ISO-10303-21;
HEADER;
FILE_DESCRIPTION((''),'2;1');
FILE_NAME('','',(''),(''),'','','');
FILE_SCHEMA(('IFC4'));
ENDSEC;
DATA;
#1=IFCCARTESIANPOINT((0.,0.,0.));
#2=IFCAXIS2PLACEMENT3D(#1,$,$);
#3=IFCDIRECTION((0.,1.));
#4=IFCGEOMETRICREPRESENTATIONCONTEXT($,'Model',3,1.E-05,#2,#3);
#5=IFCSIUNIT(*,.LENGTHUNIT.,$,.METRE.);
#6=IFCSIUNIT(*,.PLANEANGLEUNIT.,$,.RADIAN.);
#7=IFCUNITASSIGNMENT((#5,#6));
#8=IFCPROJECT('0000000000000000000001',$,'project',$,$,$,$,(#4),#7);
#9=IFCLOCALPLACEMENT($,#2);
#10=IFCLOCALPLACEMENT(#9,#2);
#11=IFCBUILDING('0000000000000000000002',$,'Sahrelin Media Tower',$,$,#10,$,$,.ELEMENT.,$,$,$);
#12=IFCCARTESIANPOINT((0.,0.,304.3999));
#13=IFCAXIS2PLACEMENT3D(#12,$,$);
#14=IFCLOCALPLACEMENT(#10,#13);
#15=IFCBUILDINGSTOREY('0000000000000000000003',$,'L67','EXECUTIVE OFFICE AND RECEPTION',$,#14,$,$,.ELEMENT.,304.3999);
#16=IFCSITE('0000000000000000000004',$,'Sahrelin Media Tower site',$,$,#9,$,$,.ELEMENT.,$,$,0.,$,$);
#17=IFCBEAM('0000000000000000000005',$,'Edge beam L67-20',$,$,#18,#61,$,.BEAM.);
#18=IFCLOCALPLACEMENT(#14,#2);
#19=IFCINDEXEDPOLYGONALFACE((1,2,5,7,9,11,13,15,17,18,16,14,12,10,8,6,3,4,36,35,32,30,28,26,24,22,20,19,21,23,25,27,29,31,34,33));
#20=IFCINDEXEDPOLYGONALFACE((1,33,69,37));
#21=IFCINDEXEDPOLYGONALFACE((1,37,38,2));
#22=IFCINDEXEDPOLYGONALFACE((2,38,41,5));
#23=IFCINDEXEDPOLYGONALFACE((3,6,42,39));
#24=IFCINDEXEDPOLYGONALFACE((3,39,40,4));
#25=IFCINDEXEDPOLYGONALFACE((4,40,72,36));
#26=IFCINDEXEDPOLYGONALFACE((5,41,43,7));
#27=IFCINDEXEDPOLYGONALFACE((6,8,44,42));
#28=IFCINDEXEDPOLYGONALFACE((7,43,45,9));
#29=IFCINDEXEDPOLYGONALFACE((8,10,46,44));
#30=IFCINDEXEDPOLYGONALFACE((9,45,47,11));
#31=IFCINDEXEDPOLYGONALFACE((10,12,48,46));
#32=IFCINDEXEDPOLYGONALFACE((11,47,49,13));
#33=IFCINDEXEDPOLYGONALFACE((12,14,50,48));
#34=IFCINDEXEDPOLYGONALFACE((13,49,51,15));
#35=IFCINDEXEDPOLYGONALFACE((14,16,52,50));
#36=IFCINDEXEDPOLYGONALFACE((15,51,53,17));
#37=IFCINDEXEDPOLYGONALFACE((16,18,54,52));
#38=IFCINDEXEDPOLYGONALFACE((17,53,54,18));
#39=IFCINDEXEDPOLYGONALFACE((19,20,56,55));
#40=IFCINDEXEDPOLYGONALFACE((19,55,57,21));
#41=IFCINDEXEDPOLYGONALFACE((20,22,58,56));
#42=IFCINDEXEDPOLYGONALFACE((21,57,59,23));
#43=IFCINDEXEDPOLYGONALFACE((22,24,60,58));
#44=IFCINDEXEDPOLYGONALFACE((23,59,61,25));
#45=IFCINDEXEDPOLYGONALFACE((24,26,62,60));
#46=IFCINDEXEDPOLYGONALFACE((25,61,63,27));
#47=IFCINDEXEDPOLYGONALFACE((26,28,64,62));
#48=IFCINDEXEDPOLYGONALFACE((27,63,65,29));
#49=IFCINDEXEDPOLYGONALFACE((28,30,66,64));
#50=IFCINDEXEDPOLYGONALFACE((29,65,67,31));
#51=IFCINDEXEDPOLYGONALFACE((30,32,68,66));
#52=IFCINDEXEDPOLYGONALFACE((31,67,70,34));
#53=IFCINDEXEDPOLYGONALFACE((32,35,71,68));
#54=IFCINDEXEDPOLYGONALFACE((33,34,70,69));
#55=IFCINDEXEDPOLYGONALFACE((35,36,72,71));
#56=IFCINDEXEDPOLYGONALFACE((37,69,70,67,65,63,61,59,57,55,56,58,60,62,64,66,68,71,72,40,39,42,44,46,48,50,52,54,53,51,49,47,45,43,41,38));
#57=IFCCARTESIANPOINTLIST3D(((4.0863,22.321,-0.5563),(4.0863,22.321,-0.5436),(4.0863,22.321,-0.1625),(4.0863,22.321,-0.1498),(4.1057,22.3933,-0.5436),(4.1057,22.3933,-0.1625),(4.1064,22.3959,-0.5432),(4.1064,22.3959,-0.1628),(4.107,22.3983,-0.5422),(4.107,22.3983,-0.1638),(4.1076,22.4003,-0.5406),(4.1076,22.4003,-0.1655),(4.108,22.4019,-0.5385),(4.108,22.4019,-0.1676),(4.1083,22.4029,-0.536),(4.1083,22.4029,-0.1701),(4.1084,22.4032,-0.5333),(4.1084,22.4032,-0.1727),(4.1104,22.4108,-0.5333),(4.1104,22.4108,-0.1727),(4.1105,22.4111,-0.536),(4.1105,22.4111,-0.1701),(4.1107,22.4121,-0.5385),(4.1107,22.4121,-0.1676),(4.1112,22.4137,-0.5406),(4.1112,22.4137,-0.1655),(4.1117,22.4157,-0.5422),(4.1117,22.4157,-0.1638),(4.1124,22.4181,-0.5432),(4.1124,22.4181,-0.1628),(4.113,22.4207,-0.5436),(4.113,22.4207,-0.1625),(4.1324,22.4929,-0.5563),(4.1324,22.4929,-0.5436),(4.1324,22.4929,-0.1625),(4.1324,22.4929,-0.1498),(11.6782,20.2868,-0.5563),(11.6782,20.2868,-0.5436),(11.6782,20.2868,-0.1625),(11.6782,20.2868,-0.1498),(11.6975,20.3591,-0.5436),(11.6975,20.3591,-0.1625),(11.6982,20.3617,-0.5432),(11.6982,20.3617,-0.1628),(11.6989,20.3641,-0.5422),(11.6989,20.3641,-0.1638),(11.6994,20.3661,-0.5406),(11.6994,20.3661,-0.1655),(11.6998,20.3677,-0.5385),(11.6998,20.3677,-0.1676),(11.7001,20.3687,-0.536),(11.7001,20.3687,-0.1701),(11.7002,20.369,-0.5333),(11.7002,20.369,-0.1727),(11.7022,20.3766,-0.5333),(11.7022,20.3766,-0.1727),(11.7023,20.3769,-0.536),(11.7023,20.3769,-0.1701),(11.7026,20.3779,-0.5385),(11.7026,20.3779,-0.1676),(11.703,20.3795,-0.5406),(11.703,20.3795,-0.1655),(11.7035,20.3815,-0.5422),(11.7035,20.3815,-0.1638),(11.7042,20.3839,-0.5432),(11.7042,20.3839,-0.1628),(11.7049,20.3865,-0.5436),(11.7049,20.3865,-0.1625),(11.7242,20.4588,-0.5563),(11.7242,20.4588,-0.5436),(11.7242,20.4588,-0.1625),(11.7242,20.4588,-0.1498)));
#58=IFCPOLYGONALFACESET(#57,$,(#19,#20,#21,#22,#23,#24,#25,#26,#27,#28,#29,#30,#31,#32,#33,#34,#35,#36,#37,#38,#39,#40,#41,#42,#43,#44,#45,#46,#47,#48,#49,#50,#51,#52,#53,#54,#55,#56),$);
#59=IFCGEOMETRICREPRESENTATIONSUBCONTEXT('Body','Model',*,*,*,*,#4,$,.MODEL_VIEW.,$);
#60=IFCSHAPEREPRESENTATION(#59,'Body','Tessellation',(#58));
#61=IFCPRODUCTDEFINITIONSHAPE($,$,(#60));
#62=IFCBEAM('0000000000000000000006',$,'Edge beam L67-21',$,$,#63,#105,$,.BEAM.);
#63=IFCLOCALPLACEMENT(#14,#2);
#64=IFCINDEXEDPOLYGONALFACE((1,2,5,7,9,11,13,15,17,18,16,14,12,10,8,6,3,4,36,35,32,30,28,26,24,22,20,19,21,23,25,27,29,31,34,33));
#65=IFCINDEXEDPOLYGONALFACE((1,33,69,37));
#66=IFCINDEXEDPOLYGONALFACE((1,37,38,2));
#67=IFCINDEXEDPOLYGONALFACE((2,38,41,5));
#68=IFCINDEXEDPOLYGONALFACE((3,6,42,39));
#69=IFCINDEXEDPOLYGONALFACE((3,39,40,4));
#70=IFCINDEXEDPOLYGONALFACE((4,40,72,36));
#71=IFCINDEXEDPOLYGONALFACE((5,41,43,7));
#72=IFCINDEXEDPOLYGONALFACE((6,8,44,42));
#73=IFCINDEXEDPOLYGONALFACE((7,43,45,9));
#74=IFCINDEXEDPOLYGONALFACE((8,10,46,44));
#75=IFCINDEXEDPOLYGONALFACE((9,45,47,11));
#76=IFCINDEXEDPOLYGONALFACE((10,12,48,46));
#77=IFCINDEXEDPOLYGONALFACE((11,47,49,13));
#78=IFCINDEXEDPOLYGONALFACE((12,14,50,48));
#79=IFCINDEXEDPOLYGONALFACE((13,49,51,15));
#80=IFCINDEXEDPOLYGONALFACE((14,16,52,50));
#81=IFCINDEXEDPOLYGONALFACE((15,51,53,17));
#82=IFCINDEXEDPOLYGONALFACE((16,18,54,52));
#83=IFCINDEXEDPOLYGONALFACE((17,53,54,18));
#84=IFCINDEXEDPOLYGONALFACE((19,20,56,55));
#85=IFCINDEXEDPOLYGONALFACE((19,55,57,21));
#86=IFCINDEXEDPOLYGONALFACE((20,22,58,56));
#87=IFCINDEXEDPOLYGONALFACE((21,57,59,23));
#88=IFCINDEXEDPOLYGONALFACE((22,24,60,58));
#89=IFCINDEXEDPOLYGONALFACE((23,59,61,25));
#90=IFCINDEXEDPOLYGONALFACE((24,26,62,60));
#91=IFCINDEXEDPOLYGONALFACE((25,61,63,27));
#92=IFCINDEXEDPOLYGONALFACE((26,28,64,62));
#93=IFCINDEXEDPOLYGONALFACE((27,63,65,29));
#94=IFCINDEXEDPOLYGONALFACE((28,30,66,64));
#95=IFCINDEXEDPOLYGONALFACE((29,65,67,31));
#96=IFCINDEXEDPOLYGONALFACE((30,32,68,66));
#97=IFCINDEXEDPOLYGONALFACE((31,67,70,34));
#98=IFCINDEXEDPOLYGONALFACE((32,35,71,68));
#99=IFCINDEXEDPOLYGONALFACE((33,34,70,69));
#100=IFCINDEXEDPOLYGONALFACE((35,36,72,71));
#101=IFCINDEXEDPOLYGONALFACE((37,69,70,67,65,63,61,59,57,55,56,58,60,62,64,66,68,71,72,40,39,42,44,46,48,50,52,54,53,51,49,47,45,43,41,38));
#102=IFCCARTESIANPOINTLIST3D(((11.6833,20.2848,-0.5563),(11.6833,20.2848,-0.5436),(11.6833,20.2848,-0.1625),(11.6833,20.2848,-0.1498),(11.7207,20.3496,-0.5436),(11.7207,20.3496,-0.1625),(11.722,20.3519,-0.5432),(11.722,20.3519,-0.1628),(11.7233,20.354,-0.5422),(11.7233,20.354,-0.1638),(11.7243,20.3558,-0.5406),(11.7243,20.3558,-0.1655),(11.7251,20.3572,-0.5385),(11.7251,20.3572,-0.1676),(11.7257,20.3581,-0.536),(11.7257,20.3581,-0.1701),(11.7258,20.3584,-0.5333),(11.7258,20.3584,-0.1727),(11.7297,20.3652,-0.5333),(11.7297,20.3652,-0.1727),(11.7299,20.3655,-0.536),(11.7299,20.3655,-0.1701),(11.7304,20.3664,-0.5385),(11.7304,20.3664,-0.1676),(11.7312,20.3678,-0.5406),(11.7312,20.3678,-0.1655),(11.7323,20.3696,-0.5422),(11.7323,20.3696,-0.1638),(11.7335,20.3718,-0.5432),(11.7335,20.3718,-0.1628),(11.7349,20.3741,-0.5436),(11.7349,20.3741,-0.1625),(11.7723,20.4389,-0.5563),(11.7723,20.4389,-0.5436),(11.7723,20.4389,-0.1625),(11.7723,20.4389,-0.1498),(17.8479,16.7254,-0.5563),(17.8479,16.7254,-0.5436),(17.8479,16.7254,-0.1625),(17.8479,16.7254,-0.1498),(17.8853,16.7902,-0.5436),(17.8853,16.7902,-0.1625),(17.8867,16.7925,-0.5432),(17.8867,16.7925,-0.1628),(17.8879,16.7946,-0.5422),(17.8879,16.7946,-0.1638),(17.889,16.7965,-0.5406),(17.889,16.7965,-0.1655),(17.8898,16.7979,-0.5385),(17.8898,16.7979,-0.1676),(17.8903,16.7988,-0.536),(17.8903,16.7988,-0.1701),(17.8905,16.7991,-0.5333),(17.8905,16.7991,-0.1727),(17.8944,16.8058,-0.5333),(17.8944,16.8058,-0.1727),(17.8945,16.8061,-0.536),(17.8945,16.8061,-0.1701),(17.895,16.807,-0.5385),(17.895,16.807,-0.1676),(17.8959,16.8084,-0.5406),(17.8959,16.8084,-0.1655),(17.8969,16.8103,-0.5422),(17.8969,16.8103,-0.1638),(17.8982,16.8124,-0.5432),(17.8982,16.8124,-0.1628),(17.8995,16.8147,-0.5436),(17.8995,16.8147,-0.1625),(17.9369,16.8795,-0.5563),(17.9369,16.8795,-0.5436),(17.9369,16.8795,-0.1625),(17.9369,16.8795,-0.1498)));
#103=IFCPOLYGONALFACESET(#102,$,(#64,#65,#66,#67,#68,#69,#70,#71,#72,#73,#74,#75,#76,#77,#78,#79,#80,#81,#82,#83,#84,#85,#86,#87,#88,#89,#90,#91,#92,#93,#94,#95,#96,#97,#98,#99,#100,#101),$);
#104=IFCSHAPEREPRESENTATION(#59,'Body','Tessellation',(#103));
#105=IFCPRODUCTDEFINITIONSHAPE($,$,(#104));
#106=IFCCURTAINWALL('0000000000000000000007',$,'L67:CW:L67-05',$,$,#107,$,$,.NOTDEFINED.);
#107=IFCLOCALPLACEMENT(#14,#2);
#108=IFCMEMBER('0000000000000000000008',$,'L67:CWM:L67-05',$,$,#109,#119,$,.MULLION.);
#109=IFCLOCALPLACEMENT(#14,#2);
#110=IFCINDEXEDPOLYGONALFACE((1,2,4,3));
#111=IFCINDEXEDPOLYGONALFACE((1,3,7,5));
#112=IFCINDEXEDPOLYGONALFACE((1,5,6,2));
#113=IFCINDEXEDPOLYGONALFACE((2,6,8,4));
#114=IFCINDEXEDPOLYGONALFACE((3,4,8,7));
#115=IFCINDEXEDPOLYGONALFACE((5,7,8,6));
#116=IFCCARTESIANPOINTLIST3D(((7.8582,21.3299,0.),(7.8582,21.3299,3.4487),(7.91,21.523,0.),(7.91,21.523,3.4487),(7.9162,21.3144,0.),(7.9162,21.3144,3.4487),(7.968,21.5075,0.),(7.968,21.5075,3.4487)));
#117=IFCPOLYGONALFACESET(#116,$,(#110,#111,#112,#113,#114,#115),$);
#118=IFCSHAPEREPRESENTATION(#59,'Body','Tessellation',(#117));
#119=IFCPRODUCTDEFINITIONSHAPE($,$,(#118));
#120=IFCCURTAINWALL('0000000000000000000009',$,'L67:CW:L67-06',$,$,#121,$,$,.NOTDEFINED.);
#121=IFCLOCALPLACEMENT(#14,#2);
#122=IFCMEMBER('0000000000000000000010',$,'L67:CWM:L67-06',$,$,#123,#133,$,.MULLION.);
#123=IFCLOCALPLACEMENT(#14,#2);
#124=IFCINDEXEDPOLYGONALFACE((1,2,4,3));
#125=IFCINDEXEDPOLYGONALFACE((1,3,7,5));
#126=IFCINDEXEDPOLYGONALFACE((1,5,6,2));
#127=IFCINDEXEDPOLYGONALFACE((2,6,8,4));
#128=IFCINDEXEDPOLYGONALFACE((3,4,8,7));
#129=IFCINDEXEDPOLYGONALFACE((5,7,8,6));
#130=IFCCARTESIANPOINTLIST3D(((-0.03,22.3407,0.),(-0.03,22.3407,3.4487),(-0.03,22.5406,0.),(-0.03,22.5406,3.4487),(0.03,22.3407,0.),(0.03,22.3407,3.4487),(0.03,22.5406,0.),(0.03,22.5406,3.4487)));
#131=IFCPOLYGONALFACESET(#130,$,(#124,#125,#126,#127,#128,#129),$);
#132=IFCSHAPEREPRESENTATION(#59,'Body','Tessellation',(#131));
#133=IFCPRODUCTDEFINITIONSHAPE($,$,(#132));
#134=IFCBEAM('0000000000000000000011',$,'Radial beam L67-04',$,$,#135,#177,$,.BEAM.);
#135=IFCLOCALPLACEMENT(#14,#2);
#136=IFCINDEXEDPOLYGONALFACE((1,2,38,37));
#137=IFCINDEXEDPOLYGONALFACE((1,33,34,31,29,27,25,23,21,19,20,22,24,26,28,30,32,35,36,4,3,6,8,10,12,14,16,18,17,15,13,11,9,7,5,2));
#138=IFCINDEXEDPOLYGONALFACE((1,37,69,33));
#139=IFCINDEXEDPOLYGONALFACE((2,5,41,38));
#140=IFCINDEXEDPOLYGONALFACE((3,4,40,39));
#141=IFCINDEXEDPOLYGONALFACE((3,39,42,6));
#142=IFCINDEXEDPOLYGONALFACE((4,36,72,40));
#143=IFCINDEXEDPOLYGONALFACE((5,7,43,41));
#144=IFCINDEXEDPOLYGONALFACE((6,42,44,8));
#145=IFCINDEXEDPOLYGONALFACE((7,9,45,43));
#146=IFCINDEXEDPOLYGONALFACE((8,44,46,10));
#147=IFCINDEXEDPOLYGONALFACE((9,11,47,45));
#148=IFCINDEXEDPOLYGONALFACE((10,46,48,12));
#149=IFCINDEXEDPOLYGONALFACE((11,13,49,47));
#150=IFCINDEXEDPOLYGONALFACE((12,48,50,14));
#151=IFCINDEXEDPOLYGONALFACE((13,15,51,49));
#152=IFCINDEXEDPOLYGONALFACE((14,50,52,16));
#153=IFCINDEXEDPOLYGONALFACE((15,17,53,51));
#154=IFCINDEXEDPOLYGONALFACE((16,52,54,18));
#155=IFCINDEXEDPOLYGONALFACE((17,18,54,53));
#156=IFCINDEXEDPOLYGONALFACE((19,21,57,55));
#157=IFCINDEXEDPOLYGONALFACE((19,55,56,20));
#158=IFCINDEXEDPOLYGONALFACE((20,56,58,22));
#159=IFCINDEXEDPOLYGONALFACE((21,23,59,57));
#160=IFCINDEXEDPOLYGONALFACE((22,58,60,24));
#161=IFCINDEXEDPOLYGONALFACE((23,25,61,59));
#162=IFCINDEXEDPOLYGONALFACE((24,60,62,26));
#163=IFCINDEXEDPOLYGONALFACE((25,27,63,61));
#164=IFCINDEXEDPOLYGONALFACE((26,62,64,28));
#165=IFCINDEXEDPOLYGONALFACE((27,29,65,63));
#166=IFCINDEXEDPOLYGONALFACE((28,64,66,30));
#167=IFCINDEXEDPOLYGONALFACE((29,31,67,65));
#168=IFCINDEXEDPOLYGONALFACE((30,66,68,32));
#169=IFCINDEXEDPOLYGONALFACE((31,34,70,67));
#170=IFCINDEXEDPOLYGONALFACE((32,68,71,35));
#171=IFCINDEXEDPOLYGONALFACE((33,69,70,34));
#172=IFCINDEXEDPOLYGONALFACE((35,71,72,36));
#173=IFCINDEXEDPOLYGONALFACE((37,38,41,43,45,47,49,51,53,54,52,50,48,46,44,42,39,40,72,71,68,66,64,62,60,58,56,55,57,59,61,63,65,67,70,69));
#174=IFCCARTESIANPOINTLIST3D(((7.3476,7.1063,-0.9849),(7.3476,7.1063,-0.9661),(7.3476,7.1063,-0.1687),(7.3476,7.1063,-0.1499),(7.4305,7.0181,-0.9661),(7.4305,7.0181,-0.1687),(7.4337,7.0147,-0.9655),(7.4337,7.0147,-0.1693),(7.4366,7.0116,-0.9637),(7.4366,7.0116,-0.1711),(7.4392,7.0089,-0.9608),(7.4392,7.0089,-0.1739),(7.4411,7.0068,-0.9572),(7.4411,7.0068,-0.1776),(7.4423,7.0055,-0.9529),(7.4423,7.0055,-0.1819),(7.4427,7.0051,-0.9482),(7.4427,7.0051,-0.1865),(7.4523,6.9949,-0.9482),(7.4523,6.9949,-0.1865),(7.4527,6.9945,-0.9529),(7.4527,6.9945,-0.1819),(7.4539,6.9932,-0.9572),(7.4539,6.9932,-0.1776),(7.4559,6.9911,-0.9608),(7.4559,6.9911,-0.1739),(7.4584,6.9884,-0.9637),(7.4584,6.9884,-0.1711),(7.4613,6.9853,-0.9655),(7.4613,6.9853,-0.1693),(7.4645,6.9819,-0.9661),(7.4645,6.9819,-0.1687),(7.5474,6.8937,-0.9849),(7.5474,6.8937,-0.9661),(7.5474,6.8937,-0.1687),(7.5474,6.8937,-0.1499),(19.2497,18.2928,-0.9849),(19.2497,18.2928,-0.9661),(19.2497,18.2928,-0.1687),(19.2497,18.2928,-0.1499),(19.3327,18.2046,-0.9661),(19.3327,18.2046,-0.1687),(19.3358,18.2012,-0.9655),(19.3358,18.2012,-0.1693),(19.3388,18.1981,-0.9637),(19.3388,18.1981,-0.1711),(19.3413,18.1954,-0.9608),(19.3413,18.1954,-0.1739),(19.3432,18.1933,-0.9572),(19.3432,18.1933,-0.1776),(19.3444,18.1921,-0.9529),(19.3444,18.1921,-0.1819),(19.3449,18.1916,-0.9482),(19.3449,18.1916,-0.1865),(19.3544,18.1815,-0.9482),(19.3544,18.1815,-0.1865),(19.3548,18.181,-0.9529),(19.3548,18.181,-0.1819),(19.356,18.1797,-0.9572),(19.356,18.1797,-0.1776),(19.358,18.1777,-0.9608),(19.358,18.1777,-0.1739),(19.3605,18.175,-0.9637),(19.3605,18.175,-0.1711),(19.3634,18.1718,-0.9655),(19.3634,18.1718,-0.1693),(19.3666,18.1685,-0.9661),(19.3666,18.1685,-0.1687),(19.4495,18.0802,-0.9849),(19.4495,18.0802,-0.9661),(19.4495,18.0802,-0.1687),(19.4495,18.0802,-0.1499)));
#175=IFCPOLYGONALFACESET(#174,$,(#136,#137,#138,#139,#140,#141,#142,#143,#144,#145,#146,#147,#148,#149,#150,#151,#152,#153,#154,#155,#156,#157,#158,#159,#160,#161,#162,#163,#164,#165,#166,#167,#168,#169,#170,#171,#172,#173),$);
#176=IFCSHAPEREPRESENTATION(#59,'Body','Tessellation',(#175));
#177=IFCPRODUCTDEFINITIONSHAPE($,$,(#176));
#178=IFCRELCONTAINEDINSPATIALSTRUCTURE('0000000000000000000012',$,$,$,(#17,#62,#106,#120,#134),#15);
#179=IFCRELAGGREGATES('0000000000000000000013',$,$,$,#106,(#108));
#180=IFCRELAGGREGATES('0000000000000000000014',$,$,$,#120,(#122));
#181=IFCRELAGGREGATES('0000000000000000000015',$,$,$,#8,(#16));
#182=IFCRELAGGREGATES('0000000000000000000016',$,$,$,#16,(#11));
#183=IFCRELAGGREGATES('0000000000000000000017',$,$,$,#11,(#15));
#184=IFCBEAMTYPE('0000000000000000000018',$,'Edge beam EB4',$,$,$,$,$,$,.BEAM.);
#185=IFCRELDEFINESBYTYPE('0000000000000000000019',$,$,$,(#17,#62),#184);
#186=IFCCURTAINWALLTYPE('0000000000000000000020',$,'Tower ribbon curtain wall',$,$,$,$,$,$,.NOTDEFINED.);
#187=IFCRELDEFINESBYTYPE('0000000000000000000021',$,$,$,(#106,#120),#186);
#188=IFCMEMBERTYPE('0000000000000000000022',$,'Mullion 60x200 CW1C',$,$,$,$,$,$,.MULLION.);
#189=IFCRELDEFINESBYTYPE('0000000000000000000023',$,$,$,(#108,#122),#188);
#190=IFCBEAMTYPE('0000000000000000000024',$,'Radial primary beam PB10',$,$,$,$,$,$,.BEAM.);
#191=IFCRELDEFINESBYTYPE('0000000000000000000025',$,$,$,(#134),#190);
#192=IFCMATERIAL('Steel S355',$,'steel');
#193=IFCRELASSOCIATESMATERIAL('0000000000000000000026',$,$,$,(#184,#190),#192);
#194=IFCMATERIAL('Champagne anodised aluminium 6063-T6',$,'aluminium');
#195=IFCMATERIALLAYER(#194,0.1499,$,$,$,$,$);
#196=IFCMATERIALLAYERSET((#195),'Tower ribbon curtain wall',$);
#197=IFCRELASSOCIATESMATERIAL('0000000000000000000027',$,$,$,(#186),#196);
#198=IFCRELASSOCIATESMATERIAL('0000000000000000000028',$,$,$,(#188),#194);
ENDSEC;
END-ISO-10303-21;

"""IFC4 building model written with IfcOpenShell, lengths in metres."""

from ifc_helpers import new_model, si_unit, direction, frame, origin, origin_2d, place, context, subcontext, project, spatial, rectangle, i_section, extrude, material, layer, layer_set, material_profile, profile_set, type_object, element, aggregate, save


model = new_model("IFC4")

# Units and contexts
model_context = context("Model", 3, precision=1e-05, world=origin(), true_north=direction((0.0, 1.0)))
body_context = subcontext(model_context, "Body", "Model", "MODEL_VIEW")
ifc_project = project(units=[si_unit("LENGTHUNIT", "METRE"), si_unit("PLANEANGLEUNIT", "RADIAN")], contexts=[model_context])

# Site, building, storey
site_placement = place(None, origin())
site = spatial("IfcSite", under=ifc_project, at=site_placement, Name="Sahrelin Media Tower site", CompositionType="ELEMENT", RefElevation=0.0)
building_placement = place(site_placement, origin())
building = spatial("IfcBuilding", under=site, at=building_placement, Name="Sahrelin Media Tower", CompositionType="ELEMENT")
storey_placement = place(building_placement, frame((0.0, 0.0, 304.3999)))
storey = spatial("IfcBuildingStorey", under=building, at=storey_placement, Name="L67", Description="EXECUTIVE OFFICE AND RECEPTION", CompositionType="ELEMENT", Elevation=304.3999)

# Beams
ifc_material_1 = material(Name="Steel S355", Category="steel")
ifc_material_profile_1 = material_profile(ifc_material_1, i_section(OverallWidth=0.178, OverallDepth=0.4065, WebThickness=0.0078, FlangeThickness=0.0127, FilletRadius=0.0103, at=origin_2d()), Name="UB 406x178x60")
ifc_profile_set_1 = profile_set([ifc_material_profile_1], Name="Steel S355")
beam_type_1 = type_object("IfcBeamType", Name="Edge beam EB4", PredefinedType="BEAM", material=ifc_profile_set_1)
beam_1_placement = place(storey_placement, frame((4.1094, 22.407, -0.353), z_axis=(0.965927, -0.258815, 0.0), x_axis=(0.258815, 0.965927, 0.0)))
element("IfcBeam", 1, at=beam_1_placement, inside=storey, type_object=beam_type_1, Name="Edge beam L67-20", PredefinedType="BEAM", context=body_context, shape_type="SweptSolid", body=[
    extrude(i_section(OverallWidth=0.178, OverallDepth=0.4065, WebThickness=0.0078, FlangeThickness=0.0127, FilletRadius=0.0103, at=origin_2d()), origin(), (0.0, 0.0, 1.0), 7.8596),
])
beam_2_placement = place(storey_placement, frame((11.7278, 20.3618, -0.353), z_axis=(0.866012, -0.500023, 0.0), x_axis=(0.500023, 0.866012, 0.0)))
element("IfcBeam", 2, at=beam_2_placement, inside=storey, type_object=beam_type_1, Name="Edge beam L67-21", PredefinedType="BEAM", context=body_context, shape_type="SweptSolid", body=[
    extrude(i_section(OverallWidth=0.178, OverallDepth=0.4065, WebThickness=0.0078, FlangeThickness=0.0127, FilletRadius=0.0103, at=origin_2d()), origin(), (0.0, 0.0, 1.0), 7.1184),
])

# Curtain walls, members
ifc_material_2 = material(Name="Champagne anodised aluminium 6063-T6", Category="aluminium")
ifc_layer_1 = layer(ifc_material_2, 0.1499)
ifc_layer_set_1 = layer_set([ifc_layer_1], Name="Tower ribbon curtain wall")
curtain_wall_type = type_object("IfcCurtainWallType", Name="Tower ribbon curtain wall", PredefinedType="NOTDEFINED", material=ifc_layer_set_1)
curtain_wall_1_placement = place(storey_placement, frame((7.9441, 21.5347, 0.0), z_axis=(0.0, 0.0, 1.0), x_axis=(1.0, 0.0, 0.0)))
curtain_wall_1 = element("IfcCurtainWall", 3, at=curtain_wall_1_placement, inside=storey, type_object=curtain_wall_type, Name="L67:CW:L67-05", PredefinedType="NOTDEFINED")
ifc_material_profile_2 = material_profile(ifc_material_2, rectangle(XDim=0.0601, YDim=0.2, at=origin_2d()), Name="Mullion 60x200")
ifc_profile_set_2 = profile_set([ifc_material_profile_2], Name="Champagne anodised aluminium 6063-T6")
member_type_1 = type_object("IfcMemberType", Name="Mullion 60x200 CW1C", PredefinedType="MULLION", material=ifc_profile_set_2)
member_1_placement = place(storey_placement, frame((7.9131, 21.4187, 0.0), z_axis=(0.0, 0.0, 1.0), x_axis=(-0.965925, 0.258821, 0.0)))
member_1 = element("IfcMember", 4, at=member_1_placement, type_object=member_type_1, Name="L67:CWM:L67-05", PredefinedType="MULLION", context=body_context, shape_type="SweptSolid", body=[
    extrude(rectangle(XDim=0.0601, YDim=0.2, at=origin_2d()), origin(), (0.0, 0.0, 1.0), 3.4487),
])
placement_1 = place(storey_placement, frame((0.0, 22.5608, 0.0), z_axis=(0.0, 0.0, 1.0), x_axis=(1.0, 0.0, 0.0)))
curtain_wall_2 = element("IfcCurtainWall", 5, at=placement_1, inside=storey, type_object=curtain_wall_type, Name="L67:CW:L67-06", PredefinedType="NOTDEFINED")
member_2_placement = place(storey_placement, frame((0.0, 22.4407, 0.0), z_axis=(0.0, 0.0, 1.0), x_axis=(-1.0, 0.0, 0.0)))
member_2 = element("IfcMember", 6, at=member_2_placement, type_object=member_type_1, Name="L67:CWM:L67-06", PredefinedType="MULLION", context=body_context, shape_type="SweptSolid", body=[
    extrude(rectangle(XDim=0.0601, YDim=0.2, at=origin_2d()), origin(), (0.0, 0.0, 1.0), 3.4487),
])

# Beam
ifc_material_profile_3 = material_profile(ifc_material_1, i_section(OverallWidth=0.2917, OverallDepth=0.835, WebThickness=0.0139, FlangeThickness=0.0188, FilletRadius=0.0178, at=origin_2d()), Name="UB 838x292x176")
ifc_profile_set_3 = profile_set([ifc_material_profile_3], Name="Steel S355")
beam_type_2 = type_object("IfcBeamType", Name="Radial primary beam PB10", PredefinedType="BEAM", material=ifc_profile_set_3)
beam_3_placement = place(storey_placement, frame((7.4475, 7.0, -0.5674), z_axis=(0.728672, 0.684863, 0.0), x_axis=(-0.684863, 0.728672, 0.0)))
element("IfcBeam", 7, at=beam_3_placement, inside=storey, type_object=beam_type_2, Name="Radial beam L67-04", PredefinedType="BEAM", context=body_context, shape_type="SweptSolid", body=[
    extrude(i_section(OverallWidth=0.2917, OverallDepth=0.835, WebThickness=0.0139, FlangeThickness=0.0188, FilletRadius=0.0178, at=origin_2d()), origin(), (0.0, 0.0, 1.0), 16.334),
])

aggregate(curtain_wall_1, [member_1])
aggregate(curtain_wall_2, [member_2])

save(model, "model.ifc")
